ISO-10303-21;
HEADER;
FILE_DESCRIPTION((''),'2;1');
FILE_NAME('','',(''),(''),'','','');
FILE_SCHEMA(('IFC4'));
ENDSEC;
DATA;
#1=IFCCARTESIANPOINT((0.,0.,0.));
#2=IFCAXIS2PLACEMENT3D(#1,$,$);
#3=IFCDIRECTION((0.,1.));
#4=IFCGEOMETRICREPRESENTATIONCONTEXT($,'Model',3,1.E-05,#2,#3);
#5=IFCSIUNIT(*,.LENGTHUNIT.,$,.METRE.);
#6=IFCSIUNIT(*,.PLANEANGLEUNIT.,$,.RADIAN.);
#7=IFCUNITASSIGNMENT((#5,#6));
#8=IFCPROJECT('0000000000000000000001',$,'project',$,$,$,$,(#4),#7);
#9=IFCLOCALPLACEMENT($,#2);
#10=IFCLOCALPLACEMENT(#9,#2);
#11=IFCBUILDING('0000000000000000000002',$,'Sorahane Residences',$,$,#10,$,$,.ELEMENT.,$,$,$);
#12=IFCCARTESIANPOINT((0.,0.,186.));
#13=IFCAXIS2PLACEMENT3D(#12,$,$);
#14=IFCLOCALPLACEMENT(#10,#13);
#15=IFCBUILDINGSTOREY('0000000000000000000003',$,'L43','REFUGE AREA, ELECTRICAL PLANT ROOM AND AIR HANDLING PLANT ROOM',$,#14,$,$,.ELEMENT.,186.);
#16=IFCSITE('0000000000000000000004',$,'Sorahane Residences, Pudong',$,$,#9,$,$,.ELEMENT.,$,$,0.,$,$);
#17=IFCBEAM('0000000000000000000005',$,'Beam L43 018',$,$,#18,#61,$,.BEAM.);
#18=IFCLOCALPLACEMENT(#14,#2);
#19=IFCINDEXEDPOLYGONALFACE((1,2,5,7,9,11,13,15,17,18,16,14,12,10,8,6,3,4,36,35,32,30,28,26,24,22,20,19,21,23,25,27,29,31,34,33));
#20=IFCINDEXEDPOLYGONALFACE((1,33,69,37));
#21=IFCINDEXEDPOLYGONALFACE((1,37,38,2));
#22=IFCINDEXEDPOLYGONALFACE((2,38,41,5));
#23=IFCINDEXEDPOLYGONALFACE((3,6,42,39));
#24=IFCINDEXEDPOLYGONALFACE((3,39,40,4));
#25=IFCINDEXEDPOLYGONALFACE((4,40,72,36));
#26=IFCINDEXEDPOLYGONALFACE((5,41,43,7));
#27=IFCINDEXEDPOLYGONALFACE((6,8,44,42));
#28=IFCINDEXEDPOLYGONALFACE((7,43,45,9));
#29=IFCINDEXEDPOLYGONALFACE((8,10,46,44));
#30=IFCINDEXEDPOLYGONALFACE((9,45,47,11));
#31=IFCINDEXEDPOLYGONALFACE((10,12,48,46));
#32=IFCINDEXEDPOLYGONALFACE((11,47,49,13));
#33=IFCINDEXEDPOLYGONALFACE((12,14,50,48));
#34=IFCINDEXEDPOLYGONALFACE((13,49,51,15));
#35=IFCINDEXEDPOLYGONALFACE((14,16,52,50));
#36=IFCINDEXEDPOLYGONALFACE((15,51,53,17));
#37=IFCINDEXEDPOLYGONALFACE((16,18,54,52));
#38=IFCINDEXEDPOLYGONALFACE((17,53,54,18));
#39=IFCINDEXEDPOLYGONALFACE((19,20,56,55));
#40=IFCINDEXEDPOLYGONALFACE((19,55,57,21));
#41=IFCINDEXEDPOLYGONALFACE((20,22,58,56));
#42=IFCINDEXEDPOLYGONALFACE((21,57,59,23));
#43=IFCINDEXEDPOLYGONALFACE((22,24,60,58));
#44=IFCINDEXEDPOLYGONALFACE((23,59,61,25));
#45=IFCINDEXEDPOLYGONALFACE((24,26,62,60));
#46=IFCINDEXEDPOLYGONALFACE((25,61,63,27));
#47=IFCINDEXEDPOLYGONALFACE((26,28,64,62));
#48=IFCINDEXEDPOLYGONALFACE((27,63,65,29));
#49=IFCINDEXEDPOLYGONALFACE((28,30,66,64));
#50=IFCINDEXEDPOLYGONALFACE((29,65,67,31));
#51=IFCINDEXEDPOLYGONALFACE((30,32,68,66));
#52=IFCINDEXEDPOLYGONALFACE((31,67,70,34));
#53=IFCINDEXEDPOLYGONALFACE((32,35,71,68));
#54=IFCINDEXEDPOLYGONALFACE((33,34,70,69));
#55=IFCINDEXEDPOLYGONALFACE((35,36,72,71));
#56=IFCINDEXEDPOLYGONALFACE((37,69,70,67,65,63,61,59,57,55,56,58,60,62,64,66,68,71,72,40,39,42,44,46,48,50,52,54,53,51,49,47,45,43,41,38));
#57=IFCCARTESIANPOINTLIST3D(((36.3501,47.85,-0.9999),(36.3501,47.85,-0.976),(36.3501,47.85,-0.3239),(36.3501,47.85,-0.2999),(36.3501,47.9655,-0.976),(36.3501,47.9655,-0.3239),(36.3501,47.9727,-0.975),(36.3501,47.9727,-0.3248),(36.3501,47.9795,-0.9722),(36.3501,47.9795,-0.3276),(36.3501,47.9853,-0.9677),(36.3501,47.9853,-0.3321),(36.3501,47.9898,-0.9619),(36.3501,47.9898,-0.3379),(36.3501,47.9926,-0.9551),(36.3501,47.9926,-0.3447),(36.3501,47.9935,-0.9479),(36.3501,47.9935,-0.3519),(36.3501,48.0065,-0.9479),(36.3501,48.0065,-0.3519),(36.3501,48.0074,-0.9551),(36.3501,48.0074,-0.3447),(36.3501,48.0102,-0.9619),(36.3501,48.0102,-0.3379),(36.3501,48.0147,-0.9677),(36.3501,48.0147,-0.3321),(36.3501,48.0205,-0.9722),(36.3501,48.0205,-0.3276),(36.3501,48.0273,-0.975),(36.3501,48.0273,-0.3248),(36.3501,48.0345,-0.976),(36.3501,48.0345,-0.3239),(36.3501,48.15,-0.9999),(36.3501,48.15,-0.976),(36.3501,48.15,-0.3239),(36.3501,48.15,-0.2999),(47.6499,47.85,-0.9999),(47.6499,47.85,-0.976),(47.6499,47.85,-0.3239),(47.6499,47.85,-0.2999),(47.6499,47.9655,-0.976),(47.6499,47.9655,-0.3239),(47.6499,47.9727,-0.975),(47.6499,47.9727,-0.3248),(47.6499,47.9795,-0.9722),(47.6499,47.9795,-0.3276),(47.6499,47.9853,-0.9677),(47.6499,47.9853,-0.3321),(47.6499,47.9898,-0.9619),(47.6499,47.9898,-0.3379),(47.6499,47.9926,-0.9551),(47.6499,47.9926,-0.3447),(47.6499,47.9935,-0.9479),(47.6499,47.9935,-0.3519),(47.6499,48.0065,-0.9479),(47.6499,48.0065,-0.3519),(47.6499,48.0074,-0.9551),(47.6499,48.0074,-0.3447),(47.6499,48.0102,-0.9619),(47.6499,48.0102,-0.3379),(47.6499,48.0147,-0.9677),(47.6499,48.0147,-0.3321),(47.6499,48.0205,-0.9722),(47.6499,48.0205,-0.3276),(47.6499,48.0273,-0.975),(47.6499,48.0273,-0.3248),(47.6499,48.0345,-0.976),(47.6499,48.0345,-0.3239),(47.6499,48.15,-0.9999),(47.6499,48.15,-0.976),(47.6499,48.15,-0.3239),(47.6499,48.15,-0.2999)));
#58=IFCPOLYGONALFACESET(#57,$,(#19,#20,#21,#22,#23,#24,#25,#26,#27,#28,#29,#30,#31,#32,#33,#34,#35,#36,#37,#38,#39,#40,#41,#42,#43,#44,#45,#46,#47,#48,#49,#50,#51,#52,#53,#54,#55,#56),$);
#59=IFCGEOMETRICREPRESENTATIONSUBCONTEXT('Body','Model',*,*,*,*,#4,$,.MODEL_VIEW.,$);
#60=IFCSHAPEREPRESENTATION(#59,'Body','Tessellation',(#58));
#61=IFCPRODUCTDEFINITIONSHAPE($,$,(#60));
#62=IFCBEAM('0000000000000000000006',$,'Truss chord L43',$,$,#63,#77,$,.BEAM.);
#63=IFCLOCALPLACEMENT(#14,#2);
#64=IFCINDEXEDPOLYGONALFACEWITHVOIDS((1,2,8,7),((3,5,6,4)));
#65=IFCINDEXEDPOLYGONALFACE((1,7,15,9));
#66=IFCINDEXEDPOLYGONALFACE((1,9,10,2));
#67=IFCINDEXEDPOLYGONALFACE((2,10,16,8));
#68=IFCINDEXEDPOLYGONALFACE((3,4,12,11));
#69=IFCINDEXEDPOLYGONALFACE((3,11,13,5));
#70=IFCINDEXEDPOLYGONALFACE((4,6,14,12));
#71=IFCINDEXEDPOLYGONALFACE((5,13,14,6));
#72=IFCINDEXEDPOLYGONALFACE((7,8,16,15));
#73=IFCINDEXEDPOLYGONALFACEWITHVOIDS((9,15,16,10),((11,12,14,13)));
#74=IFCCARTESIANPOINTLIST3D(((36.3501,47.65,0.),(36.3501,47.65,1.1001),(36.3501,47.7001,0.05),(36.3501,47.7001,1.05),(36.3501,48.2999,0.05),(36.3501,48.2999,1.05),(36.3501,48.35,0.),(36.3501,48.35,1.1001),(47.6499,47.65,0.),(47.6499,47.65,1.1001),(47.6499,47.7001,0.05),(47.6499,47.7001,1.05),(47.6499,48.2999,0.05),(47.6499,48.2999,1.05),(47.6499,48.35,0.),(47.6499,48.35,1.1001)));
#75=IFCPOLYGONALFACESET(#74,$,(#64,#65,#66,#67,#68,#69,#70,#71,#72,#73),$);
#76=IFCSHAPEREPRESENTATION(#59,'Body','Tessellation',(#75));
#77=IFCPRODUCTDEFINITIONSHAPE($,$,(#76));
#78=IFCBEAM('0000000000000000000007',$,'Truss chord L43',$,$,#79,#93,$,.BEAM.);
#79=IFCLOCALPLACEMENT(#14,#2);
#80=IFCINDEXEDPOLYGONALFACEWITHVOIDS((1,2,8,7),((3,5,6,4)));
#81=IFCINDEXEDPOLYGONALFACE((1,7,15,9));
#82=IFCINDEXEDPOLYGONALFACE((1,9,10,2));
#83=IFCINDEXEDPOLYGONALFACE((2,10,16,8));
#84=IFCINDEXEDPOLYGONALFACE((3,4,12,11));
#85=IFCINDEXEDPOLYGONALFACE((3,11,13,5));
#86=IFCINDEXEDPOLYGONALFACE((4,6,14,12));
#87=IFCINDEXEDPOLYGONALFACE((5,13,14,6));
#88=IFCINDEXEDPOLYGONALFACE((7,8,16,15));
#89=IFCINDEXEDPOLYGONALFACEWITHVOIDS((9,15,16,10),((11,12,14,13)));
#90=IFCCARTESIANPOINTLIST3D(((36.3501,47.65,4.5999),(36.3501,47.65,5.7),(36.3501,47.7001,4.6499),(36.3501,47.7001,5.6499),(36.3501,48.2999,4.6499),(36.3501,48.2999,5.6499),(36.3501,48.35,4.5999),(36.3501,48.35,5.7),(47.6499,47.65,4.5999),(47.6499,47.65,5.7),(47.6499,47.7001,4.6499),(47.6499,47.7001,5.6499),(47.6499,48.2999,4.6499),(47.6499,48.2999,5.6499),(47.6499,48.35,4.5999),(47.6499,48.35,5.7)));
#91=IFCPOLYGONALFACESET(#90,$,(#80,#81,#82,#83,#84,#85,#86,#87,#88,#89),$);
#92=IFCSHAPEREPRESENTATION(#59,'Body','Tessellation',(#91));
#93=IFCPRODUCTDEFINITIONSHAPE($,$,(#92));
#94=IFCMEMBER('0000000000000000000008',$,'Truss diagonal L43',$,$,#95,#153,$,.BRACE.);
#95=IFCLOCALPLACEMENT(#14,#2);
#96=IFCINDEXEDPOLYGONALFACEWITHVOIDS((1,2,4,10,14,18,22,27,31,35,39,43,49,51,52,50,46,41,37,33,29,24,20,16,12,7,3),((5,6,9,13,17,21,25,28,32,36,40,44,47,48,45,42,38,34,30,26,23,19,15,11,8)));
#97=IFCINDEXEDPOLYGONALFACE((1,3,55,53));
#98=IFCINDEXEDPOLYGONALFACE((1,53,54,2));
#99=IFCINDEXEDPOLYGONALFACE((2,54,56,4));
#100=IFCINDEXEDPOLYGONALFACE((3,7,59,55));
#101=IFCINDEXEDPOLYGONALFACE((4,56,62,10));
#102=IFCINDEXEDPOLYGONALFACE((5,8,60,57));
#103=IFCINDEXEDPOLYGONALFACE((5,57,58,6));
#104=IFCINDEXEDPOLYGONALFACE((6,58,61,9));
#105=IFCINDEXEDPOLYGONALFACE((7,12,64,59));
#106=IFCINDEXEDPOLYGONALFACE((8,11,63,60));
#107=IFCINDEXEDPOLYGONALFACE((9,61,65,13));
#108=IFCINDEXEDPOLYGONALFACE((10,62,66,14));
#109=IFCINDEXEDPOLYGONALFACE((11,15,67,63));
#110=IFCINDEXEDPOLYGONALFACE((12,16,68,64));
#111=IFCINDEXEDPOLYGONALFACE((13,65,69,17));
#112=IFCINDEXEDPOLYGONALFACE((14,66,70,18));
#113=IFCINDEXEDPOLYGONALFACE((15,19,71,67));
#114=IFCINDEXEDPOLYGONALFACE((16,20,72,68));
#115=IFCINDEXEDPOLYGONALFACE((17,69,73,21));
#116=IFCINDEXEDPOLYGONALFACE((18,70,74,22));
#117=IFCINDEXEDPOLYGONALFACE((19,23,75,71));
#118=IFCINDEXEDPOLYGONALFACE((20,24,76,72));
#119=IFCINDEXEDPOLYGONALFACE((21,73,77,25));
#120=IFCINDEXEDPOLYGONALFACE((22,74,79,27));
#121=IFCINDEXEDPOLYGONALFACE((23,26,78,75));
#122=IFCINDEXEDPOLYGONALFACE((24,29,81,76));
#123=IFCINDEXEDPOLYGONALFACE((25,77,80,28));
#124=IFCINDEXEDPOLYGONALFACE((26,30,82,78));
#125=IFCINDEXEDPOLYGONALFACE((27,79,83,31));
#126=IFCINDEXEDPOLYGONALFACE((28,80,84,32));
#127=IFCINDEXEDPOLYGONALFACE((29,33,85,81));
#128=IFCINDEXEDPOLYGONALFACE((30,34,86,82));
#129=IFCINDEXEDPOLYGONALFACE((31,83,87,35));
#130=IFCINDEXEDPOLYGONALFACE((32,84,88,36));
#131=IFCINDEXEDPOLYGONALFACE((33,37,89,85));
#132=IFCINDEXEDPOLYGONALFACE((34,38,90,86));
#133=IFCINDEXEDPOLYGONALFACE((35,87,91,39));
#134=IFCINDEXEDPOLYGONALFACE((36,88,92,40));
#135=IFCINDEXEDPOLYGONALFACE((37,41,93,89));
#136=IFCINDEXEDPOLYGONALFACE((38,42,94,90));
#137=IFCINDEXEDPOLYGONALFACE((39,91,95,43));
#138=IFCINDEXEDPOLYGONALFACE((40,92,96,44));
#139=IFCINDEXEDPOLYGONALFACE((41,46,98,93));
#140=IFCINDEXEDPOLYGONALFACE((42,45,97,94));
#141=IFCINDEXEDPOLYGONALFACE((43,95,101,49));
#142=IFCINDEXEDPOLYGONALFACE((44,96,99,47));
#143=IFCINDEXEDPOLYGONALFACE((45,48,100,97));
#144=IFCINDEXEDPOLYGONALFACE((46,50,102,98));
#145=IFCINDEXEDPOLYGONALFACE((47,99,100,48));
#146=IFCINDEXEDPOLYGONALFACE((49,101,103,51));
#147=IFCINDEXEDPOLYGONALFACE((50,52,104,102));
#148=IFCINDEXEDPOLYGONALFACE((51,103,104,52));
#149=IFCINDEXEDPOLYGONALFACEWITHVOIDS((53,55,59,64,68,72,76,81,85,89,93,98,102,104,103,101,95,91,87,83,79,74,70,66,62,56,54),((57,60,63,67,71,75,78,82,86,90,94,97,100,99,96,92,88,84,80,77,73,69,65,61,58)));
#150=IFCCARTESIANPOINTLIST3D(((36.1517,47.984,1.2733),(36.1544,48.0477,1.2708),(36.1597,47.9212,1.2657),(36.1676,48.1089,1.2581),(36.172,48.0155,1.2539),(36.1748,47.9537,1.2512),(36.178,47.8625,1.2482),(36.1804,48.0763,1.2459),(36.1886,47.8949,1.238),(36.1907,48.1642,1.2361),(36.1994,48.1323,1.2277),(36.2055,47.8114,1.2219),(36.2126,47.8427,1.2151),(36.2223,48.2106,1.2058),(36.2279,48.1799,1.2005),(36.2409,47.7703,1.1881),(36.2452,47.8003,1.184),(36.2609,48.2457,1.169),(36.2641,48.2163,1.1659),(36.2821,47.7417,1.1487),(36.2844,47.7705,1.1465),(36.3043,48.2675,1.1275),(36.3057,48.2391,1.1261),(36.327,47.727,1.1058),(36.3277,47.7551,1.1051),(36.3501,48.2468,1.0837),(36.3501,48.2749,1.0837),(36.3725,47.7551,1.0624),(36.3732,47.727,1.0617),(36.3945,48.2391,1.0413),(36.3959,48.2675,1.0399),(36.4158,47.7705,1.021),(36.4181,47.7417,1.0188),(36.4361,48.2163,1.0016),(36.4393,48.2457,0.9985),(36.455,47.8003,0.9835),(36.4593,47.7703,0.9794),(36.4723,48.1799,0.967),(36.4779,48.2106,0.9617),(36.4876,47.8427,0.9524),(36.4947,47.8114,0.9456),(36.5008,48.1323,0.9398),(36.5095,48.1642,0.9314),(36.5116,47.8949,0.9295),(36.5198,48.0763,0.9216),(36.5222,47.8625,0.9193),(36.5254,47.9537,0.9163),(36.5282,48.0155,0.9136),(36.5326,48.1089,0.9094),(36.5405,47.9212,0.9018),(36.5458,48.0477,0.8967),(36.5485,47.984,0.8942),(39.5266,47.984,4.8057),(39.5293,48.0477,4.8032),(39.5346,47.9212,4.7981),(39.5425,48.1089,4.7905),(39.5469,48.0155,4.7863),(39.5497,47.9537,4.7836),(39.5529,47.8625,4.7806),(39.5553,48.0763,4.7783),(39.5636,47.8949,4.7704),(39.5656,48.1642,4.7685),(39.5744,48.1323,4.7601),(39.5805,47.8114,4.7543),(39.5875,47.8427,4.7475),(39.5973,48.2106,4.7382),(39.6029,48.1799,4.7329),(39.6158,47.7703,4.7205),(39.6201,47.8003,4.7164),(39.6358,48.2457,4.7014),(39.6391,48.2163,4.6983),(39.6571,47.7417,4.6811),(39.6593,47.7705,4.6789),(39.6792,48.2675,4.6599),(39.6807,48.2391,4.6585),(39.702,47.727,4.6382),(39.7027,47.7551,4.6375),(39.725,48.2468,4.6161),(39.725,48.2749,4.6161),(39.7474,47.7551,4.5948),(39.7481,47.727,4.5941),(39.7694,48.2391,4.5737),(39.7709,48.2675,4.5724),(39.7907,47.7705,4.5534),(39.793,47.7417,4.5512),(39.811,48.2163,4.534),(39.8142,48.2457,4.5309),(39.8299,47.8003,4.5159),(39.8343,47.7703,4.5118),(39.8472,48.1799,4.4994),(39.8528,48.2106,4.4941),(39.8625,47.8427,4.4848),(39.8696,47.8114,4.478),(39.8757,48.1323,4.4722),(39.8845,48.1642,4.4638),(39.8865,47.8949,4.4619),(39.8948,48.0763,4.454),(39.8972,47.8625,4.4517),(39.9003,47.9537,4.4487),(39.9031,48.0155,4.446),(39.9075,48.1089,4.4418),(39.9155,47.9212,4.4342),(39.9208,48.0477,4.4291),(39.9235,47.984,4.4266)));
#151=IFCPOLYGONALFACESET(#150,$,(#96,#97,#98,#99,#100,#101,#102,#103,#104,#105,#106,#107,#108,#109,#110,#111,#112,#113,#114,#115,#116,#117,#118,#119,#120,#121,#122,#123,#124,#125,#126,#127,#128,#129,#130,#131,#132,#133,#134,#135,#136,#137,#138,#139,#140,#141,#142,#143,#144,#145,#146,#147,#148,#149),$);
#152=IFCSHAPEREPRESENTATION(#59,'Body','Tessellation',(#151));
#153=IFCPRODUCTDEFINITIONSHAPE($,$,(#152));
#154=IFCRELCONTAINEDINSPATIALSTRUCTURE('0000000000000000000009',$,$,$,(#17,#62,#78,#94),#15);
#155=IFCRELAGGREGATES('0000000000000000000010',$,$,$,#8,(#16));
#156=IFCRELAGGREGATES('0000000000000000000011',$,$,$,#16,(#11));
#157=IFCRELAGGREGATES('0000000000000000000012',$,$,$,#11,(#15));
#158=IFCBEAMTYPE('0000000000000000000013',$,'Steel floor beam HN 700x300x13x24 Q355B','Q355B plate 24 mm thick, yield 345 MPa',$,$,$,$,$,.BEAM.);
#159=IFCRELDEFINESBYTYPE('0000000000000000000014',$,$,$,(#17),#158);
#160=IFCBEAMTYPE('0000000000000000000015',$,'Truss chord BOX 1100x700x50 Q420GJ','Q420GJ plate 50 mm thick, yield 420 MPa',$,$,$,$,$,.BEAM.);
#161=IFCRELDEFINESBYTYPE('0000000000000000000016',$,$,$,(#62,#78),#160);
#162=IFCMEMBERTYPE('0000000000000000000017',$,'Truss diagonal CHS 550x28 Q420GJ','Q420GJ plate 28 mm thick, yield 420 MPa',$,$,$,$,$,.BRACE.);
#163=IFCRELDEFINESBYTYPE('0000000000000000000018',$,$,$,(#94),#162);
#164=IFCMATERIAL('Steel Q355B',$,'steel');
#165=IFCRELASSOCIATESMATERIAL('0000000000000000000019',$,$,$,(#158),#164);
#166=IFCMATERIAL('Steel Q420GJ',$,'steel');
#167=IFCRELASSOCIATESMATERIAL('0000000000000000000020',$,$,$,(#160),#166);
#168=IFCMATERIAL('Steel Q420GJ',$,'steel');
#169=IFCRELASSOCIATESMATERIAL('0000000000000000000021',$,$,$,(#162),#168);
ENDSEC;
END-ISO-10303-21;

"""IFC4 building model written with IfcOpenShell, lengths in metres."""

from ifc_helpers import new_model, si_unit, direction, frame, origin, origin_2d, place, context, subcontext, project, spatial, hollow_rectangle, hollow_circle, i_section, extrude, material, material_profile, profile_set, type_object, element, save


model = new_model("IFC4")

# Units and contexts
model_context = context("Model", 3, precision=1e-05, world=origin(), true_north=direction((0.0, 1.0)))
body_context = subcontext(model_context, "Body", "Model", "MODEL_VIEW")
ifc_project = project(units=[si_unit("LENGTHUNIT", "METRE"), si_unit("PLANEANGLEUNIT", "RADIAN")], contexts=[model_context])

# Site, building, storey
site_placement = place(None, origin())
site = spatial("IfcSite", under=ifc_project, at=site_placement, Name="Sorahane Residences, Pudong", CompositionType="ELEMENT", RefElevation=0.0)
building_placement = place(site_placement, origin())
building = spatial("IfcBuilding", under=site, at=building_placement, Name="Sorahane Residences", CompositionType="ELEMENT")
storey_placement = place(building_placement, frame((0.0, 0.0, 186.0)))
storey = spatial("IfcBuildingStorey", under=building, at=storey_placement, Name="L43", Description="REFUGE AREA, ELECTRICAL PLANT ROOM AND AIR HANDLING PLANT ROOM", CompositionType="ELEMENT", Elevation=186.0)

# Beams
ifc_material_1 = material(Name="Steel Q355B", Category="steel")
ifc_material_profile_1 = material_profile(ifc_material_1, i_section(OverallWidth=0.3, OverallDepth=0.7, WebThickness=0.0129, FlangeThickness=0.0239, FilletRadius=0.0281, at=origin_2d()), Name="HN 700x300x13x24")
ifc_profile_set_1 = profile_set([ifc_material_profile_1], Name="Steel Q355B")
beam_type_1 = type_object("IfcBeamType", Name="Steel floor beam HN 700x300x13x24 Q355B", Description="Q355B plate 24 mm thick, yield 345 MPa", PredefinedType="BEAM", material=ifc_profile_set_1)
beam_1_placement = place(storey_placement, frame((36.3501, 48.0, -0.6499), z_axis=(1.0, 0.0, 0.0), x_axis=(0.0, 1.0, 0.0)))
element("IfcBeam", 1, at=beam_1_placement, inside=storey, type_object=beam_type_1, Name="Beam L43 018", PredefinedType="BEAM", context=body_context, shape_type="SweptSolid", body=[
    extrude(i_section(OverallWidth=0.3, OverallDepth=0.7, WebThickness=0.0129, FlangeThickness=0.0239, FilletRadius=0.0281, at=origin_2d()), origin(), (0.0, 0.0, 1.0), 11.2998),
])
ifc_material_2 = material(Name="Steel Q420GJ", Category="steel")
ifc_material_profile_2 = material_profile(ifc_material_2, hollow_rectangle(XDim=0.7, YDim=1.1001, WallThickness=0.05, at=origin_2d()), Name="BOX 1100x700x50")
ifc_profile_set_2 = profile_set([ifc_material_profile_2], Name="Steel Q420GJ")
beam_type_2 = type_object("IfcBeamType", Name="Truss chord BOX 1100x700x50 Q420GJ", Description="Q420GJ plate 50 mm thick, yield 420 MPa", PredefinedType="BEAM", material=ifc_profile_set_2)
for number, where, z_axis, x_axis, name in (
    (2, (36.3501, 48.0, 0.55), (1.0, 0.0, 0.0), (0.0, 1.0, 0.0), "Truss chord L43"),
    (3, (36.3501, 48.0, 5.1499), (1.0, 0.0, 0.0), (0.0, 1.0, 0.0), "Truss chord L43"),
):
    element("IfcBeam", number, at=place(storey_placement, frame(where, z_axis=z_axis, x_axis=x_axis)), inside=storey, type_object=beam_type_2, Name=name, PredefinedType="BEAM", context=body_context, shape_type="SweptSolid", body=[
        extrude(hollow_rectangle(XDim=0.7, YDim=1.1001, WallThickness=0.05, at=origin_2d()), origin(), (0.0, 0.0, 1.0), 11.2998),
    ])

# Member
ifc_material_3 = material(Name="Steel Q420GJ", Category="steel")
ifc_material_profile_3 = material_profile(ifc_material_3, hollow_circle(Radius=0.2749, WallThickness=0.0281, at=origin_2d()), Name="CHS 550x28")
ifc_profile_set_3 = profile_set([ifc_material_profile_3], Name="Steel Q420GJ")
member_type_1 = type_object("IfcMemberType", Name="Truss diagonal CHS 550x28 Q420GJ", Description="Q420GJ plate 28 mm thick, yield 420 MPa", PredefinedType="BRACE", material=ifc_profile_set_3)
member_1_placement = place(storey_placement, frame((36.3501, 48.0, 1.0837), z_axis=(0.690807, 0.0, 0.723039), x_axis=(0.0, 1.0, 0.0)))
element("IfcMember", 4, at=member_1_placement, inside=storey, type_object=member_type_1, Name="Truss diagonal L43", PredefinedType="BRACE", context=body_context, shape_type="SweptSolid", body=[
    extrude(hollow_circle(Radius=0.2749, WallThickness=0.0281, at=origin_2d()), origin(), (0.0, 0.0, 1.0), 4.8855),
])

save(model, "model.ifc")
